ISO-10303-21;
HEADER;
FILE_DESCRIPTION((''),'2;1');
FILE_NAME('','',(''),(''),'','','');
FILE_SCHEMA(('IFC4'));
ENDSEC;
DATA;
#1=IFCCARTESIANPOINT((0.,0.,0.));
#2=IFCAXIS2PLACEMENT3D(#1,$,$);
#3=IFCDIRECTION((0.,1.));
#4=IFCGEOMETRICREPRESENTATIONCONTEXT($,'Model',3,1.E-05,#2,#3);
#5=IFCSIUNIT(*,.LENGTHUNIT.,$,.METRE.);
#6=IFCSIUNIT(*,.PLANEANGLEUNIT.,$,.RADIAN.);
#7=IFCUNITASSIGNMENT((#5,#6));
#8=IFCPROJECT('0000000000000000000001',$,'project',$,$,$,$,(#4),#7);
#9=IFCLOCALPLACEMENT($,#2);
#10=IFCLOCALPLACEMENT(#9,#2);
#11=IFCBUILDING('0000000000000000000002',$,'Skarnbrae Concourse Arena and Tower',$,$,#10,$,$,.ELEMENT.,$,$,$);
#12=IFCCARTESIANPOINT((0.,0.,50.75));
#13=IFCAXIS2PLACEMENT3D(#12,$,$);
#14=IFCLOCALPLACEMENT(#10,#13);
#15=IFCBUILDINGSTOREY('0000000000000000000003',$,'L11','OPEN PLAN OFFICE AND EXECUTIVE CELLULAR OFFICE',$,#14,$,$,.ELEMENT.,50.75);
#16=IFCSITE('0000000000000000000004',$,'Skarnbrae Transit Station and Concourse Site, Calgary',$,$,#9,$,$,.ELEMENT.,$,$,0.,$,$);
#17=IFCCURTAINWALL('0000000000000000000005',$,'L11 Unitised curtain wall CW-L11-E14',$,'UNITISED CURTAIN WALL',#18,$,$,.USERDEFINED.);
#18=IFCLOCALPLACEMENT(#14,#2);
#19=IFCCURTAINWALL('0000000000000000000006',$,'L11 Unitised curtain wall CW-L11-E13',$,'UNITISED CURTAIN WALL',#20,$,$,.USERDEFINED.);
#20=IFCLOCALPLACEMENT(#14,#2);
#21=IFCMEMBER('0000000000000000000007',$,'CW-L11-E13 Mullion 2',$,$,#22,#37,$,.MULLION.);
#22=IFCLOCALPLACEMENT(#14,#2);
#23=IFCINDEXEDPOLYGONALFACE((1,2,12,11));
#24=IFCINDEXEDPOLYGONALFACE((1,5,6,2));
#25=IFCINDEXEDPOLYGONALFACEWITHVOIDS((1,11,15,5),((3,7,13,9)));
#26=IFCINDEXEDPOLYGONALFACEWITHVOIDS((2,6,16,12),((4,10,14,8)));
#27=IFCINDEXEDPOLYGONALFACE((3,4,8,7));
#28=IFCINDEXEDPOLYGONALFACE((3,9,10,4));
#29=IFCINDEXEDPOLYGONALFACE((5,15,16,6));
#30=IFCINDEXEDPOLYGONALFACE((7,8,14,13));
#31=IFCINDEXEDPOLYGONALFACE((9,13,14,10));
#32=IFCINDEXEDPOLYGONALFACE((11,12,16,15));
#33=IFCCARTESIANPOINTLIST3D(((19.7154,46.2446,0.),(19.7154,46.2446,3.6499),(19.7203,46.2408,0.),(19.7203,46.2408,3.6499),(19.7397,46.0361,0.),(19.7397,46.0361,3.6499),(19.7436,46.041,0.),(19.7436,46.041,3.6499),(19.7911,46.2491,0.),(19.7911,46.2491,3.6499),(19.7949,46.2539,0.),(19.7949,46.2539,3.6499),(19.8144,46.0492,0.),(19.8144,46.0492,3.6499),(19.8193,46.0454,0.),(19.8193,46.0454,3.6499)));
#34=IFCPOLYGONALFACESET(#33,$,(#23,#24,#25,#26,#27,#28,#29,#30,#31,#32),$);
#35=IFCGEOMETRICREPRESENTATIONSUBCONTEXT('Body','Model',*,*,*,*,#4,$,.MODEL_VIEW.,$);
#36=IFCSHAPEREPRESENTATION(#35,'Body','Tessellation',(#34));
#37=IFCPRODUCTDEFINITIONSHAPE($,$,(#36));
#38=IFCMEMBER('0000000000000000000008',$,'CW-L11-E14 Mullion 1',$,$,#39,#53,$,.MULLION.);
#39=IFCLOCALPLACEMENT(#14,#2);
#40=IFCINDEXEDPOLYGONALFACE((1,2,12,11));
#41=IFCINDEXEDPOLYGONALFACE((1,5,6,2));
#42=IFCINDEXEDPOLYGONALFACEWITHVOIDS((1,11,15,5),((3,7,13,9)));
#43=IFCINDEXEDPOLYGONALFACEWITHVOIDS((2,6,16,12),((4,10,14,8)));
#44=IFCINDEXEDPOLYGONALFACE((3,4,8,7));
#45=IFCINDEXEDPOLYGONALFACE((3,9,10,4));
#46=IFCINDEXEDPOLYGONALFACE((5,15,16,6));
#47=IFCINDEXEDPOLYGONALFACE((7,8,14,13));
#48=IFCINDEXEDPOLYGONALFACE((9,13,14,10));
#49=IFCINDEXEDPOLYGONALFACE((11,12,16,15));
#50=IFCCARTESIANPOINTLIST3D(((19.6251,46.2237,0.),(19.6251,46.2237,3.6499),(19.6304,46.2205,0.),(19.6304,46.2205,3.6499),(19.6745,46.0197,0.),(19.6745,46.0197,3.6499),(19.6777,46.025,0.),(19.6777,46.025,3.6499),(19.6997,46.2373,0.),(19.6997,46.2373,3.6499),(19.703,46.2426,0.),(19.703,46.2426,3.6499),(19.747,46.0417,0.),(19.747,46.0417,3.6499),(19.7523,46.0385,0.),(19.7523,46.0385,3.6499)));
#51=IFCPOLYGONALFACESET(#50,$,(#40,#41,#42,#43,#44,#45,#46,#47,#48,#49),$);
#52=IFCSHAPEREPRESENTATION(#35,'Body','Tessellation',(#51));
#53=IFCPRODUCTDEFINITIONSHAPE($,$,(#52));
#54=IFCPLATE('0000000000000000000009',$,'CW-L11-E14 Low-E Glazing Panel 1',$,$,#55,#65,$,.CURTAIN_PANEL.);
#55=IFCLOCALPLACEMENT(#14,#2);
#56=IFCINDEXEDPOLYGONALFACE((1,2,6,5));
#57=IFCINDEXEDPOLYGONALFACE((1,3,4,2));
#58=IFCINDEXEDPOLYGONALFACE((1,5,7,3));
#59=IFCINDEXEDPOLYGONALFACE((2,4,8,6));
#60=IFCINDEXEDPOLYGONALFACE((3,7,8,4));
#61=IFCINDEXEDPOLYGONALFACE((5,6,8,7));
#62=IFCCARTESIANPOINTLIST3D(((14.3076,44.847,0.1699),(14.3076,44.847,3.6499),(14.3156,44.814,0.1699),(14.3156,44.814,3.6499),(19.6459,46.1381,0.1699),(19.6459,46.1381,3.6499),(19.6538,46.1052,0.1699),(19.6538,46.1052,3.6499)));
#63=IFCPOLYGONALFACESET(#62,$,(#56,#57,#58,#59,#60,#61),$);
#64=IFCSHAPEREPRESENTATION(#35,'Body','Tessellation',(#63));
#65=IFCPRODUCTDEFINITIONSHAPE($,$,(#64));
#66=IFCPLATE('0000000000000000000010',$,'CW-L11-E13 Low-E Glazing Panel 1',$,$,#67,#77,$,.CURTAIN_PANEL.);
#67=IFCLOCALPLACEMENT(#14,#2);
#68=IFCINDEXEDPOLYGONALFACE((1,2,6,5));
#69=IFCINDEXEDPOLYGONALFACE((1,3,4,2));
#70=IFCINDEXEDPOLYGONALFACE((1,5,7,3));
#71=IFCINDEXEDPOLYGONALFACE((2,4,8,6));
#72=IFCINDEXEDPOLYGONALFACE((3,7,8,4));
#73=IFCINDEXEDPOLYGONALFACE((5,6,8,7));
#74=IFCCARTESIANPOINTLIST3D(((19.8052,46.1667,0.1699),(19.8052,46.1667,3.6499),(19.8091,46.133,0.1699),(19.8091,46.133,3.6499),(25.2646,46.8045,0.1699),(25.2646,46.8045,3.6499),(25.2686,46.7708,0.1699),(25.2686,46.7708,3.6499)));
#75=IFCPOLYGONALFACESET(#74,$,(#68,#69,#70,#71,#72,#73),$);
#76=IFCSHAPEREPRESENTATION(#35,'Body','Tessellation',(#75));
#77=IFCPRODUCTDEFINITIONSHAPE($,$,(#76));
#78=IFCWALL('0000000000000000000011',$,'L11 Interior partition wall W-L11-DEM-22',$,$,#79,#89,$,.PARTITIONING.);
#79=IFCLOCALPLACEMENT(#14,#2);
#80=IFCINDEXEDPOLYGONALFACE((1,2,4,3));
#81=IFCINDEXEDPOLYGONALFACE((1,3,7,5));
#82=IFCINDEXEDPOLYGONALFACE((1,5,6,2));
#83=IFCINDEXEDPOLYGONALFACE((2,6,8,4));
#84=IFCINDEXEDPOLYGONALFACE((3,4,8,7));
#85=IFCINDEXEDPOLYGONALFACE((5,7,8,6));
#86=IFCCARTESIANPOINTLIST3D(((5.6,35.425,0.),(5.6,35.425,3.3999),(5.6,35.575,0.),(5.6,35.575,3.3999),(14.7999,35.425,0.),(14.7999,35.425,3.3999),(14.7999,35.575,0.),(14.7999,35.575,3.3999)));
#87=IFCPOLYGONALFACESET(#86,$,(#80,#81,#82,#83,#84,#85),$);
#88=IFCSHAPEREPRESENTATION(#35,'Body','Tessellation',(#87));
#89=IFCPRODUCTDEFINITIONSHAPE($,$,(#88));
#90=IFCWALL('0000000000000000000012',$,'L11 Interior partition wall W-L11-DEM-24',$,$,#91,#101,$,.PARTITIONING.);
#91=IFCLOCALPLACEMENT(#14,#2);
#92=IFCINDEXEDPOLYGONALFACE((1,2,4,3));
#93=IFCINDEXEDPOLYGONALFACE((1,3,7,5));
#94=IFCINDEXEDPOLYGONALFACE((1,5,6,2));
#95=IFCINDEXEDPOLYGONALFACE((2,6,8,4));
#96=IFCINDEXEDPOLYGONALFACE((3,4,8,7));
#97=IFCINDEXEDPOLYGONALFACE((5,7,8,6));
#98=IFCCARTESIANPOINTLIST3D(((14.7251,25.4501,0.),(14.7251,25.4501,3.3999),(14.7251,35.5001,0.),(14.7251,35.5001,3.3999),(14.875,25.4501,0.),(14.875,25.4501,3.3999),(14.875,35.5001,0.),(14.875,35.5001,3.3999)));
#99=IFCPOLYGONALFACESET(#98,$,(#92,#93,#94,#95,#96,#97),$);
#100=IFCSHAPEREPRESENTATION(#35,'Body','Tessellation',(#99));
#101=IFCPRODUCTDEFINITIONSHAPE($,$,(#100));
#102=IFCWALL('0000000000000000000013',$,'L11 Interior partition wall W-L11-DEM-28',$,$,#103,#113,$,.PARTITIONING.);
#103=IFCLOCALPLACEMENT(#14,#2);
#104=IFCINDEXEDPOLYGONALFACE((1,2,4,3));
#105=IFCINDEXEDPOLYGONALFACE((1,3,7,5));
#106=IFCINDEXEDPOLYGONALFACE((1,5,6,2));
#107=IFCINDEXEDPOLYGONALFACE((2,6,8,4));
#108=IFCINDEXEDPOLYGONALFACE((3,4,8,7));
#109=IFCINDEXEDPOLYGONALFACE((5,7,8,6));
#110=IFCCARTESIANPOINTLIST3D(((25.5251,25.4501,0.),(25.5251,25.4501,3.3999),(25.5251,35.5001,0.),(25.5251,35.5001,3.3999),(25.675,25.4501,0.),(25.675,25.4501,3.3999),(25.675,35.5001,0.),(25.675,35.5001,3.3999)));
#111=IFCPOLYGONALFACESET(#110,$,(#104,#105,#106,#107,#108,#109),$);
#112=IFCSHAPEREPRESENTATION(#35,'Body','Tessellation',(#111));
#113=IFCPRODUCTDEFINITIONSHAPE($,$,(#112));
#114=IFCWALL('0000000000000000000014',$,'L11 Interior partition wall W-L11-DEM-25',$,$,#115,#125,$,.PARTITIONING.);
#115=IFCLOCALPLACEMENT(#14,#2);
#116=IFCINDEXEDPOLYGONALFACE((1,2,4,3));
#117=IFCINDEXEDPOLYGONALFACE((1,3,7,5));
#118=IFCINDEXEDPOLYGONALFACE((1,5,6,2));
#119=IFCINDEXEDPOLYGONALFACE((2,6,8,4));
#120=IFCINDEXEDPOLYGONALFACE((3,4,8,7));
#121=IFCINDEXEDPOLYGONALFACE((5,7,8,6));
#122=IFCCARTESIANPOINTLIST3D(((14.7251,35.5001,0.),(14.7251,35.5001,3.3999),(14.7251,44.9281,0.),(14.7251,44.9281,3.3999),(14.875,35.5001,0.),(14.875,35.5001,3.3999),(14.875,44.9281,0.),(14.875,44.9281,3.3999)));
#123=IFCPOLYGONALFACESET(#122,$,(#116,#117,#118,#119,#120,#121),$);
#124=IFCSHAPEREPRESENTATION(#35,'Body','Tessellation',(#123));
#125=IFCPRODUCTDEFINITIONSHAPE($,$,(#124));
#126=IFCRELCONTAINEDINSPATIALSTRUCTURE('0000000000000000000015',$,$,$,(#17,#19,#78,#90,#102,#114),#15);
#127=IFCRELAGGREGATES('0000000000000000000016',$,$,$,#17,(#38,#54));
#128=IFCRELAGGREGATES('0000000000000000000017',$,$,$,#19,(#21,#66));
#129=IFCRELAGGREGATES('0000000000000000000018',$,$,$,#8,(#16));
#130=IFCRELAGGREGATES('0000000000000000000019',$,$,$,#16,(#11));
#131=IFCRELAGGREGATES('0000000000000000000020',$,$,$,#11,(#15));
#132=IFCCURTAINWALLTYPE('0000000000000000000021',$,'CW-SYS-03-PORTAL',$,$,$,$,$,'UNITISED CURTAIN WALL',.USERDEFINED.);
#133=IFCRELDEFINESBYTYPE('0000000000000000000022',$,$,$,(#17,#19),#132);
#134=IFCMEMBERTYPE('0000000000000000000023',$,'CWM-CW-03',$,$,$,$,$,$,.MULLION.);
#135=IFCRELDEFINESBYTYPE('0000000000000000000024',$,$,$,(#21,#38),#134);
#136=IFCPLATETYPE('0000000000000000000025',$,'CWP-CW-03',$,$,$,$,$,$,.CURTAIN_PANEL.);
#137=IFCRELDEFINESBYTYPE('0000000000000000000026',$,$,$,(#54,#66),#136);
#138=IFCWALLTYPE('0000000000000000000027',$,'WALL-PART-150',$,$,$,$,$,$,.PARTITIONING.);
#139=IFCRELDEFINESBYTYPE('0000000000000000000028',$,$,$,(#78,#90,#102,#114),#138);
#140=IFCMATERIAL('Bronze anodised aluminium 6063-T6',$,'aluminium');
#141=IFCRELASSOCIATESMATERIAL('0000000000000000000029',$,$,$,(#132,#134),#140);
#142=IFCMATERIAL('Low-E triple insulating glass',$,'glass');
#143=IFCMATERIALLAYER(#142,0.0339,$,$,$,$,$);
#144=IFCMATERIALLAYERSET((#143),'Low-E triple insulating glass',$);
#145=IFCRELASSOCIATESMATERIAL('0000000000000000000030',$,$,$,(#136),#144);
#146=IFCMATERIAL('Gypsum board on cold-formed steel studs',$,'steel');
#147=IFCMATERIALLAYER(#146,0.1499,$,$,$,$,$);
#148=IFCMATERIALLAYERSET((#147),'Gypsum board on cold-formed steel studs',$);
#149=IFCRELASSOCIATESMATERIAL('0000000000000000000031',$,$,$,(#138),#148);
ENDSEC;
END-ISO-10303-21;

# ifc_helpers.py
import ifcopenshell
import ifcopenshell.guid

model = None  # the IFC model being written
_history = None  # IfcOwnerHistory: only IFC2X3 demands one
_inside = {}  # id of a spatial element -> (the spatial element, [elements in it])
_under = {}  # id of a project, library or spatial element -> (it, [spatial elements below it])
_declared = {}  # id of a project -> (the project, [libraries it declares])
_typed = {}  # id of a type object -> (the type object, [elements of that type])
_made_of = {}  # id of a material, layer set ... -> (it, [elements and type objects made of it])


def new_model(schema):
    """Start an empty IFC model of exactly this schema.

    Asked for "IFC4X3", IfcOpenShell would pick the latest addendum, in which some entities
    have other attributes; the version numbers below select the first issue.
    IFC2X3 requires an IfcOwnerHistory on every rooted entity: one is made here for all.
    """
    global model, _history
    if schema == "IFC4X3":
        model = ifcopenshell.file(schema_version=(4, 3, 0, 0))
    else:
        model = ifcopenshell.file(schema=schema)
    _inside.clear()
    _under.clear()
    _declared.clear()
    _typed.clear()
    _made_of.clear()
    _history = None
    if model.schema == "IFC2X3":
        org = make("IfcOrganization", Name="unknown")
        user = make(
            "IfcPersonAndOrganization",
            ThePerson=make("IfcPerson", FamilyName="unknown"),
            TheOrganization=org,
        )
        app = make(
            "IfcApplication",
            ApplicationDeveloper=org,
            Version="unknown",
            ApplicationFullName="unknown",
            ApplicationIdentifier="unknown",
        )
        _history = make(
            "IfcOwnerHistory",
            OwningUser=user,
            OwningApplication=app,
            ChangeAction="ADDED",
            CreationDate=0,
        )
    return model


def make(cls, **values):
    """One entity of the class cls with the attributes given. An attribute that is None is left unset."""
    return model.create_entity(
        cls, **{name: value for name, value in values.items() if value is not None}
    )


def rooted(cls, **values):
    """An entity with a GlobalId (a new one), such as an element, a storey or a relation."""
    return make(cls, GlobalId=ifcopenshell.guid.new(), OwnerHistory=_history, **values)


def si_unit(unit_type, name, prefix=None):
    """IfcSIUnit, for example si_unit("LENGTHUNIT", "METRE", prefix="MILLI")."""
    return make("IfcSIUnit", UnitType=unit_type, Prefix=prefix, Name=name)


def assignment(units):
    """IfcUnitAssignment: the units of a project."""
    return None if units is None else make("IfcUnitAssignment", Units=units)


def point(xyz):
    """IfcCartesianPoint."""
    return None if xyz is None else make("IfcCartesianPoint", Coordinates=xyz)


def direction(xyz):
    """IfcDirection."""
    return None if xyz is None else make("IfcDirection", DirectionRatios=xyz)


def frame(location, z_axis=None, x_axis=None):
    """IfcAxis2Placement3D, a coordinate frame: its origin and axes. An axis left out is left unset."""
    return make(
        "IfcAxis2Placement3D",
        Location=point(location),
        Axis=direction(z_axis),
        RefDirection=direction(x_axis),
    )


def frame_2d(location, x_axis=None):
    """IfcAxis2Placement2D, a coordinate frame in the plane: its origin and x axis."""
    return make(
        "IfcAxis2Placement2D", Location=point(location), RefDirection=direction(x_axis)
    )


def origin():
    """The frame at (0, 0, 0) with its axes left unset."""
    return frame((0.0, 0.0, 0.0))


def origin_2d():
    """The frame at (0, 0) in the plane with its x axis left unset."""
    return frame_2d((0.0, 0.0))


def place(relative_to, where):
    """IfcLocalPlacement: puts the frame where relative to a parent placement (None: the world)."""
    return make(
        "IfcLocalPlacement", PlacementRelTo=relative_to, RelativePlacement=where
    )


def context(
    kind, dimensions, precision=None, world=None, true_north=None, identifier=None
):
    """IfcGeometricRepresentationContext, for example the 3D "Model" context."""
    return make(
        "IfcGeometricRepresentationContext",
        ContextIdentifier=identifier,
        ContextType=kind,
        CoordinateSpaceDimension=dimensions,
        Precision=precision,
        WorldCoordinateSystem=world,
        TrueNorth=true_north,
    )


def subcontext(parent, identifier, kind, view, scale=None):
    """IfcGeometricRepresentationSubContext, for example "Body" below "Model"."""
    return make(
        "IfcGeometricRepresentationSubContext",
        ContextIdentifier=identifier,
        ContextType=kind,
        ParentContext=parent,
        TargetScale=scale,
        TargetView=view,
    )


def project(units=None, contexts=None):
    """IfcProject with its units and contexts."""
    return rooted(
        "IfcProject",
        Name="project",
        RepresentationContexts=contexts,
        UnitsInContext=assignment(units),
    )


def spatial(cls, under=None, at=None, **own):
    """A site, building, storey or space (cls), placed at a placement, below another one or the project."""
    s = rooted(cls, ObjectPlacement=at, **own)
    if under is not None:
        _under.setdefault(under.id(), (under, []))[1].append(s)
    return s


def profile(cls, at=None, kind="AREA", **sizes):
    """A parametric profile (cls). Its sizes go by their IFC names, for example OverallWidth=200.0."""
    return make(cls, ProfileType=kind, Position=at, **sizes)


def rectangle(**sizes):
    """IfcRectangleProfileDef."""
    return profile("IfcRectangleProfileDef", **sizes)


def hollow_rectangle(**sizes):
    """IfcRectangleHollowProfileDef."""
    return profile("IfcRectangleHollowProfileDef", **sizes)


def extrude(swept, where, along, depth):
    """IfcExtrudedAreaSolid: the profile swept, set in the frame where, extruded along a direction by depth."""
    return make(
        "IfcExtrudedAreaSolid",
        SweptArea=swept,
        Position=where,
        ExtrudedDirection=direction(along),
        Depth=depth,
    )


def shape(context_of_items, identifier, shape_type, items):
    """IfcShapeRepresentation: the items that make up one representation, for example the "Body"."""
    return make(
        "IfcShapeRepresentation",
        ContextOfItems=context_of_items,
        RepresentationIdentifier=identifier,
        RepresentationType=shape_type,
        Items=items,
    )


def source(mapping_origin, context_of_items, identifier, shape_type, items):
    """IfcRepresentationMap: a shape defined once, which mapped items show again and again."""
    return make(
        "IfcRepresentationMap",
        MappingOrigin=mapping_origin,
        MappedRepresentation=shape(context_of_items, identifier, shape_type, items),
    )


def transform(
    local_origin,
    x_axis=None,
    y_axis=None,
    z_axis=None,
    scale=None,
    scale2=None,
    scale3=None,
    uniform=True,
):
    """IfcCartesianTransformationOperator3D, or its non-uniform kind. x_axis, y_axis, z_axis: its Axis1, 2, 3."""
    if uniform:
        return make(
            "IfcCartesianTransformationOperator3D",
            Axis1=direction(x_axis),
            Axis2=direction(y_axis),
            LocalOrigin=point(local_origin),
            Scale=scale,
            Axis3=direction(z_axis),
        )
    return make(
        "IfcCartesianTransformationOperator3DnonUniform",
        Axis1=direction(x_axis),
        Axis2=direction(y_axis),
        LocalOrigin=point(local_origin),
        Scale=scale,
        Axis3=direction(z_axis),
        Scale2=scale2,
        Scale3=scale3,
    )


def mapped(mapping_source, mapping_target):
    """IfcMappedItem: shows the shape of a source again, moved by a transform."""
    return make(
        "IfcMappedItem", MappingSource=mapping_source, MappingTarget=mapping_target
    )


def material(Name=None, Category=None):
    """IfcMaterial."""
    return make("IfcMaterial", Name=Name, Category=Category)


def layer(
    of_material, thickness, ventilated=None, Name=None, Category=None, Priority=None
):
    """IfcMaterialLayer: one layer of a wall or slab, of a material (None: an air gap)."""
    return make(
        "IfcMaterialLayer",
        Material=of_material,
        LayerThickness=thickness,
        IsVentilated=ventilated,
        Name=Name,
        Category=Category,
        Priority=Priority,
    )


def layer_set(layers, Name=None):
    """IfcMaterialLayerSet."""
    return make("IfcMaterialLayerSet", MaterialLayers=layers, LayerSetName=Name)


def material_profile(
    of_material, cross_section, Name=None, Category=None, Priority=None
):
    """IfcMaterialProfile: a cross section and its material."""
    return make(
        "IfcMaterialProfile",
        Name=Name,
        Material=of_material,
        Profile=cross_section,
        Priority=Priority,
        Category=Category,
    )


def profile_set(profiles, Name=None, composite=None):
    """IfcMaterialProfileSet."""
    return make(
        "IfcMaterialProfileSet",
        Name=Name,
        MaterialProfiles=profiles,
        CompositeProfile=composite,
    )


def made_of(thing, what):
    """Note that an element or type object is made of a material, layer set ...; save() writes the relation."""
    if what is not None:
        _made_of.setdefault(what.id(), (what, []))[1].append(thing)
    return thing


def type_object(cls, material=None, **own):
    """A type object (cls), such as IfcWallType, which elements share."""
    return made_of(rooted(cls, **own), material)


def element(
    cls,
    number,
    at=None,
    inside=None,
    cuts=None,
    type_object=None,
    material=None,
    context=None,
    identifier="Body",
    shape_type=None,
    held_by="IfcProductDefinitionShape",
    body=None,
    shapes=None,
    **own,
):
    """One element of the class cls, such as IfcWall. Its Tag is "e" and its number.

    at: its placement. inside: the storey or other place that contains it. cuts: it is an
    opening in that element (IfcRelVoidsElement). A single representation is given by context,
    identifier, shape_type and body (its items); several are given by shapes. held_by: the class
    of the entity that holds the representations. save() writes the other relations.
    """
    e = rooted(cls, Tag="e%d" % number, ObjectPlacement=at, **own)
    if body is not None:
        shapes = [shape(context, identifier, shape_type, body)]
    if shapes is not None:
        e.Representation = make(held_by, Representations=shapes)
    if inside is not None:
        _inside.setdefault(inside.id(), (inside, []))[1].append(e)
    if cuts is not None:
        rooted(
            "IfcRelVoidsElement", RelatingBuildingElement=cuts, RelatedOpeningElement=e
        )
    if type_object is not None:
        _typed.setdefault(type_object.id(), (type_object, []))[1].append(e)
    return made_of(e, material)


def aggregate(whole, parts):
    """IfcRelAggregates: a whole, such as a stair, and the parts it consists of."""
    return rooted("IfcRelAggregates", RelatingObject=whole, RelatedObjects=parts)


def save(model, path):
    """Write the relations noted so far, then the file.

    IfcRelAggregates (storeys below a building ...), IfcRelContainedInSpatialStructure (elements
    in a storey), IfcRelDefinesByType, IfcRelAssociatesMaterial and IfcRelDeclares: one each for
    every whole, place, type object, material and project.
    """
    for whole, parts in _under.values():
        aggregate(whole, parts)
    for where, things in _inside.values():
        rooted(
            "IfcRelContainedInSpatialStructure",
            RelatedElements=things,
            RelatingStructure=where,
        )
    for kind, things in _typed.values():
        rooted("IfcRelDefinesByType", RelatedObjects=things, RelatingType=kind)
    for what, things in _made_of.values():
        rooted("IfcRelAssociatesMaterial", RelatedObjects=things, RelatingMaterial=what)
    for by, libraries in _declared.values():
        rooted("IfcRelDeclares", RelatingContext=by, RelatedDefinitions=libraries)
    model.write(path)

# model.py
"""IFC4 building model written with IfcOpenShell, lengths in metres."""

from ifc_helpers import new_model, si_unit, direction, frame, frame_2d, origin, origin_2d, place, context, subcontext, project, spatial, rectangle, hollow_rectangle, extrude, source, transform, mapped, material, layer, layer_set, material_profile, profile_set, type_object, element, aggregate, save


model = new_model("IFC4")

# Units and contexts
model_context = context("Model", 3, precision=1e-05, world=origin(), true_north=direction((0.0, 1.0)))
body_context = subcontext(model_context, "Body", "Model", "MODEL_VIEW")
ifc_project = project(units=[si_unit("LENGTHUNIT", "METRE"), si_unit("PLANEANGLEUNIT", "RADIAN")], contexts=[model_context])

# Site, building, storey
site_placement = place(None, origin())
site = spatial("IfcSite", under=ifc_project, at=site_placement, Name="Skarnbrae Transit Station and Concourse Site, Calgary", CompositionType="ELEMENT", RefElevation=0.0)
building_placement = place(site_placement, origin())
building = spatial("IfcBuilding", under=site, at=building_placement, Name="Skarnbrae Concourse Arena and Tower", CompositionType="ELEMENT")
storey_placement = place(building_placement, frame((0.0, 0.0, 50.75)))
storey = spatial("IfcBuildingStorey", under=building, at=storey_placement, Name="L11", Description="OPEN PLAN OFFICE AND EXECUTIVE CELLULAR OFFICE", CompositionType="ELEMENT", Elevation=50.75)

# Curtain walls
ifc_material_1 = material(Name="Bronze anodised aluminium 6063-T6", Category="aluminium")
curtain_wall_type = type_object("IfcCurtainWallType", Name="CW-SYS-03-PORTAL", ElementType="UNITISED CURTAIN WALL", PredefinedType="USERDEFINED", material=ifc_material_1)
curtain_wall_1_placement = place(storey_placement, origin())
curtain_wall_1 = element("IfcCurtainWall", 1, at=curtain_wall_1_placement, inside=storey, type_object=curtain_wall_type, Name="L11 Unitised curtain wall CW-L11-E14", ObjectType="UNITISED CURTAIN WALL", PredefinedType="USERDEFINED")
curtain_wall_2_placement = place(storey_placement, origin())
curtain_wall_2 = element("IfcCurtainWall", 2, at=curtain_wall_2_placement, inside=storey, type_object=curtain_wall_type, Name="L11 Unitised curtain wall CW-L11-E13", ObjectType="UNITISED CURTAIN WALL", PredefinedType="USERDEFINED")
ifc_material_profile_1 = material_profile(ifc_material_1, hollow_rectangle(XDim=0.0801, YDim=0.21, WallThickness=0.0044, at=origin_2d()), Name="ALU-MULL-80X210")
ifc_profile_set_1 = profile_set([ifc_material_profile_1], Name="Bronze anodised aluminium 6063-T6")
member_type_1 = type_object("IfcMemberType", Name="CWM-CW-03", PredefinedType="MULLION", material=ifc_profile_set_1)
shared_shape_1 = source(origin(), body_context, "Body", "SweptSolid", [
    extrude(hollow_rectangle(XDim=0.0801, YDim=0.21, WallThickness=0.0044, at=origin_2d()), origin(), (0.0, 0.0, 1.0), 3.6499),
])

# Members
member_1_placement = place(storey_placement, frame((19.7673, 46.145, 0.0), z_axis=(0.0, 0.0, 1.0), x_axis=(-0.993245, -0.11604, 0.0)))
member_1 = element("IfcMember", 3, at=member_1_placement, type_object=member_type_1, Name="CW-L11-E13 Mullion 2", PredefinedType="MULLION", context=body_context, shape_type="MappedRepresentation", body=[
    mapped(shared_shape_1, transform((0.0, 0.0, 0.0))),
])
member_2_placement = place(storey_placement, frame((19.6887, 46.1311, 0.0), z_axis=(0.0, 0.0, 1.0), x_axis=(-0.971974, -0.23509, 0.0)))
member_2 = element("IfcMember", 4, at=member_2_placement, type_object=member_type_1, Name="CW-L11-E14 Mullion 1", PredefinedType="MULLION", context=body_context, shape_type="MappedRepresentation", body=[
    mapped(shared_shape_1, transform((0.0, 0.0, 0.0))),
])

# Plates
ifc_material_2 = material(Name="Low-E triple insulating glass", Category="glass")
ifc_layer_1 = layer(ifc_material_2, 0.0339)
ifc_layer_set_1 = layer_set([ifc_layer_1], Name="Low-E triple insulating glass")
plate_type = type_object("IfcPlateType", Name="CWP-CW-03", PredefinedType="CURTAIN_PANEL", material=ifc_layer_set_1)
shared_shape_2 = source(origin(), body_context, "Body", "SweptSolid", [
    extrude(rectangle(XDim=5.4922, YDim=0.0339, at=origin_2d()), origin(), (0.0, 0.0, 1.0), 3.48),
])
plate_1_placement = place(storey_placement, frame((16.9807, 45.4761, 0.1699), z_axis=(0.0, 0.0, 1.0), x_axis=(-0.971974, -0.23509, 0.0)))
plate_1 = element("IfcPlate", 5, at=plate_1_placement, type_object=plate_type, Name="CW-L11-E14 Low-E Glazing Panel 1", PredefinedType="CURTAIN_PANEL", context=body_context, shape_type="MappedRepresentation", body=[
    mapped(shared_shape_2, transform((0.0, 0.0, 0.0))),
])
aggregate(curtain_wall_1, [member_2, plate_1])
shared_shape_3 = source(origin(), body_context, "Body", "SweptSolid", [
    extrude(rectangle(XDim=5.4966, YDim=0.0339, at=origin_2d()), origin(), (0.0, 0.0, 1.0), 3.48),
])
plate_2_placement = place(storey_placement, frame((22.5369, 46.4688, 0.1699), z_axis=(0.0, 0.0, 1.0), x_axis=(-0.993245, -0.11604, 0.0)))
plate_2 = element("IfcPlate", 6, at=plate_2_placement, type_object=plate_type, Name="CW-L11-E13 Low-E Glazing Panel 1", PredefinedType="CURTAIN_PANEL", context=body_context, shape_type="MappedRepresentation", body=[
    mapped(shared_shape_3, transform((0.0, 0.0, 0.0))),
])
aggregate(curtain_wall_2, [member_1, plate_2])

# Walls
ifc_material_3 = material(Name="Gypsum board on cold-formed steel studs", Category="steel")
ifc_layer_2 = layer(ifc_material_3, 0.1499)
ifc_layer_set_2 = layer_set([ifc_layer_2], Name="Gypsum board on cold-formed steel studs")
wall_type = type_object("IfcWallType", Name="WALL-PART-150", PredefinedType="PARTITIONING", material=ifc_layer_set_2)
shared_shape_4 = source(origin(), body_context, "Body", "SweptSolid", [
    extrude(rectangle(XDim=9.2, YDim=0.1499, at=frame_2d((4.6001, 0.0))), origin(), (0.0, 0.0, 1.0), 3.3999),
])
wall_1_placement = place(storey_placement, frame((14.8, 35.5, 0.0), z_axis=(0.0, 0.0, 1.0), x_axis=(-1.0, 0.0, 0.0)))
element("IfcWall", 7, at=wall_1_placement, inside=storey, type_object=wall_type, Name="L11 Interior partition wall W-L11-DEM-22", PredefinedType="PARTITIONING", context=body_context, shape_type="MappedRepresentation", body=[
    mapped(shared_shape_4, transform((0.0, 0.0, 0.0))),
])
shared_shape_5 = source(origin(), body_context, "Body", "SweptSolid", [
    extrude(rectangle(XDim=10.05, YDim=0.1499, at=frame_2d((5.0249, 0.0))), origin(), (0.0, 0.0, 1.0), 3.3999),
])
for number, where, z_axis, x_axis, name in (
    (8, (14.8, 35.5, 0.0), (0.0, 0.0, 1.0), (0.0, -1.0, 0.0), "L11 Interior partition wall W-L11-DEM-24"),
    (9, (25.6001, 35.5, 0.0), (0.0, 0.0, 1.0), (0.0, -1.0, 0.0), "L11 Interior partition wall W-L11-DEM-28"),
):
    element("IfcWall", number, at=place(storey_placement, frame(where, z_axis=z_axis, x_axis=x_axis)), inside=storey, type_object=wall_type, Name=name, PredefinedType="PARTITIONING", context=body_context, shape_type="MappedRepresentation", body=[
        mapped(shared_shape_5, transform((0.0, 0.0, 0.0))),
    ])
shared_shape_6 = source(origin(), body_context, "Body", "SweptSolid", [
    extrude(rectangle(XDim=9.428, YDim=0.1499, at=frame_2d((4.7139, 0.0))), origin(), (0.0, 0.0, 1.0), 3.3999),
])
wall_2_placement = place(storey_placement, frame((14.8, 44.928, 0.0), z_axis=(0.0, 0.0, 1.0), x_axis=(0.0, -1.0, 0.0)))
element("IfcWall", 10, at=wall_2_placement, inside=storey, type_object=wall_type, Name="L11 Interior partition wall W-L11-DEM-25", PredefinedType="PARTITIONING", context=body_context, shape_type="MappedRepresentation", body=[
    mapped(shared_shape_6, transform((0.0, 0.0, 0.0))),
])

save(model, "model.ifc")
